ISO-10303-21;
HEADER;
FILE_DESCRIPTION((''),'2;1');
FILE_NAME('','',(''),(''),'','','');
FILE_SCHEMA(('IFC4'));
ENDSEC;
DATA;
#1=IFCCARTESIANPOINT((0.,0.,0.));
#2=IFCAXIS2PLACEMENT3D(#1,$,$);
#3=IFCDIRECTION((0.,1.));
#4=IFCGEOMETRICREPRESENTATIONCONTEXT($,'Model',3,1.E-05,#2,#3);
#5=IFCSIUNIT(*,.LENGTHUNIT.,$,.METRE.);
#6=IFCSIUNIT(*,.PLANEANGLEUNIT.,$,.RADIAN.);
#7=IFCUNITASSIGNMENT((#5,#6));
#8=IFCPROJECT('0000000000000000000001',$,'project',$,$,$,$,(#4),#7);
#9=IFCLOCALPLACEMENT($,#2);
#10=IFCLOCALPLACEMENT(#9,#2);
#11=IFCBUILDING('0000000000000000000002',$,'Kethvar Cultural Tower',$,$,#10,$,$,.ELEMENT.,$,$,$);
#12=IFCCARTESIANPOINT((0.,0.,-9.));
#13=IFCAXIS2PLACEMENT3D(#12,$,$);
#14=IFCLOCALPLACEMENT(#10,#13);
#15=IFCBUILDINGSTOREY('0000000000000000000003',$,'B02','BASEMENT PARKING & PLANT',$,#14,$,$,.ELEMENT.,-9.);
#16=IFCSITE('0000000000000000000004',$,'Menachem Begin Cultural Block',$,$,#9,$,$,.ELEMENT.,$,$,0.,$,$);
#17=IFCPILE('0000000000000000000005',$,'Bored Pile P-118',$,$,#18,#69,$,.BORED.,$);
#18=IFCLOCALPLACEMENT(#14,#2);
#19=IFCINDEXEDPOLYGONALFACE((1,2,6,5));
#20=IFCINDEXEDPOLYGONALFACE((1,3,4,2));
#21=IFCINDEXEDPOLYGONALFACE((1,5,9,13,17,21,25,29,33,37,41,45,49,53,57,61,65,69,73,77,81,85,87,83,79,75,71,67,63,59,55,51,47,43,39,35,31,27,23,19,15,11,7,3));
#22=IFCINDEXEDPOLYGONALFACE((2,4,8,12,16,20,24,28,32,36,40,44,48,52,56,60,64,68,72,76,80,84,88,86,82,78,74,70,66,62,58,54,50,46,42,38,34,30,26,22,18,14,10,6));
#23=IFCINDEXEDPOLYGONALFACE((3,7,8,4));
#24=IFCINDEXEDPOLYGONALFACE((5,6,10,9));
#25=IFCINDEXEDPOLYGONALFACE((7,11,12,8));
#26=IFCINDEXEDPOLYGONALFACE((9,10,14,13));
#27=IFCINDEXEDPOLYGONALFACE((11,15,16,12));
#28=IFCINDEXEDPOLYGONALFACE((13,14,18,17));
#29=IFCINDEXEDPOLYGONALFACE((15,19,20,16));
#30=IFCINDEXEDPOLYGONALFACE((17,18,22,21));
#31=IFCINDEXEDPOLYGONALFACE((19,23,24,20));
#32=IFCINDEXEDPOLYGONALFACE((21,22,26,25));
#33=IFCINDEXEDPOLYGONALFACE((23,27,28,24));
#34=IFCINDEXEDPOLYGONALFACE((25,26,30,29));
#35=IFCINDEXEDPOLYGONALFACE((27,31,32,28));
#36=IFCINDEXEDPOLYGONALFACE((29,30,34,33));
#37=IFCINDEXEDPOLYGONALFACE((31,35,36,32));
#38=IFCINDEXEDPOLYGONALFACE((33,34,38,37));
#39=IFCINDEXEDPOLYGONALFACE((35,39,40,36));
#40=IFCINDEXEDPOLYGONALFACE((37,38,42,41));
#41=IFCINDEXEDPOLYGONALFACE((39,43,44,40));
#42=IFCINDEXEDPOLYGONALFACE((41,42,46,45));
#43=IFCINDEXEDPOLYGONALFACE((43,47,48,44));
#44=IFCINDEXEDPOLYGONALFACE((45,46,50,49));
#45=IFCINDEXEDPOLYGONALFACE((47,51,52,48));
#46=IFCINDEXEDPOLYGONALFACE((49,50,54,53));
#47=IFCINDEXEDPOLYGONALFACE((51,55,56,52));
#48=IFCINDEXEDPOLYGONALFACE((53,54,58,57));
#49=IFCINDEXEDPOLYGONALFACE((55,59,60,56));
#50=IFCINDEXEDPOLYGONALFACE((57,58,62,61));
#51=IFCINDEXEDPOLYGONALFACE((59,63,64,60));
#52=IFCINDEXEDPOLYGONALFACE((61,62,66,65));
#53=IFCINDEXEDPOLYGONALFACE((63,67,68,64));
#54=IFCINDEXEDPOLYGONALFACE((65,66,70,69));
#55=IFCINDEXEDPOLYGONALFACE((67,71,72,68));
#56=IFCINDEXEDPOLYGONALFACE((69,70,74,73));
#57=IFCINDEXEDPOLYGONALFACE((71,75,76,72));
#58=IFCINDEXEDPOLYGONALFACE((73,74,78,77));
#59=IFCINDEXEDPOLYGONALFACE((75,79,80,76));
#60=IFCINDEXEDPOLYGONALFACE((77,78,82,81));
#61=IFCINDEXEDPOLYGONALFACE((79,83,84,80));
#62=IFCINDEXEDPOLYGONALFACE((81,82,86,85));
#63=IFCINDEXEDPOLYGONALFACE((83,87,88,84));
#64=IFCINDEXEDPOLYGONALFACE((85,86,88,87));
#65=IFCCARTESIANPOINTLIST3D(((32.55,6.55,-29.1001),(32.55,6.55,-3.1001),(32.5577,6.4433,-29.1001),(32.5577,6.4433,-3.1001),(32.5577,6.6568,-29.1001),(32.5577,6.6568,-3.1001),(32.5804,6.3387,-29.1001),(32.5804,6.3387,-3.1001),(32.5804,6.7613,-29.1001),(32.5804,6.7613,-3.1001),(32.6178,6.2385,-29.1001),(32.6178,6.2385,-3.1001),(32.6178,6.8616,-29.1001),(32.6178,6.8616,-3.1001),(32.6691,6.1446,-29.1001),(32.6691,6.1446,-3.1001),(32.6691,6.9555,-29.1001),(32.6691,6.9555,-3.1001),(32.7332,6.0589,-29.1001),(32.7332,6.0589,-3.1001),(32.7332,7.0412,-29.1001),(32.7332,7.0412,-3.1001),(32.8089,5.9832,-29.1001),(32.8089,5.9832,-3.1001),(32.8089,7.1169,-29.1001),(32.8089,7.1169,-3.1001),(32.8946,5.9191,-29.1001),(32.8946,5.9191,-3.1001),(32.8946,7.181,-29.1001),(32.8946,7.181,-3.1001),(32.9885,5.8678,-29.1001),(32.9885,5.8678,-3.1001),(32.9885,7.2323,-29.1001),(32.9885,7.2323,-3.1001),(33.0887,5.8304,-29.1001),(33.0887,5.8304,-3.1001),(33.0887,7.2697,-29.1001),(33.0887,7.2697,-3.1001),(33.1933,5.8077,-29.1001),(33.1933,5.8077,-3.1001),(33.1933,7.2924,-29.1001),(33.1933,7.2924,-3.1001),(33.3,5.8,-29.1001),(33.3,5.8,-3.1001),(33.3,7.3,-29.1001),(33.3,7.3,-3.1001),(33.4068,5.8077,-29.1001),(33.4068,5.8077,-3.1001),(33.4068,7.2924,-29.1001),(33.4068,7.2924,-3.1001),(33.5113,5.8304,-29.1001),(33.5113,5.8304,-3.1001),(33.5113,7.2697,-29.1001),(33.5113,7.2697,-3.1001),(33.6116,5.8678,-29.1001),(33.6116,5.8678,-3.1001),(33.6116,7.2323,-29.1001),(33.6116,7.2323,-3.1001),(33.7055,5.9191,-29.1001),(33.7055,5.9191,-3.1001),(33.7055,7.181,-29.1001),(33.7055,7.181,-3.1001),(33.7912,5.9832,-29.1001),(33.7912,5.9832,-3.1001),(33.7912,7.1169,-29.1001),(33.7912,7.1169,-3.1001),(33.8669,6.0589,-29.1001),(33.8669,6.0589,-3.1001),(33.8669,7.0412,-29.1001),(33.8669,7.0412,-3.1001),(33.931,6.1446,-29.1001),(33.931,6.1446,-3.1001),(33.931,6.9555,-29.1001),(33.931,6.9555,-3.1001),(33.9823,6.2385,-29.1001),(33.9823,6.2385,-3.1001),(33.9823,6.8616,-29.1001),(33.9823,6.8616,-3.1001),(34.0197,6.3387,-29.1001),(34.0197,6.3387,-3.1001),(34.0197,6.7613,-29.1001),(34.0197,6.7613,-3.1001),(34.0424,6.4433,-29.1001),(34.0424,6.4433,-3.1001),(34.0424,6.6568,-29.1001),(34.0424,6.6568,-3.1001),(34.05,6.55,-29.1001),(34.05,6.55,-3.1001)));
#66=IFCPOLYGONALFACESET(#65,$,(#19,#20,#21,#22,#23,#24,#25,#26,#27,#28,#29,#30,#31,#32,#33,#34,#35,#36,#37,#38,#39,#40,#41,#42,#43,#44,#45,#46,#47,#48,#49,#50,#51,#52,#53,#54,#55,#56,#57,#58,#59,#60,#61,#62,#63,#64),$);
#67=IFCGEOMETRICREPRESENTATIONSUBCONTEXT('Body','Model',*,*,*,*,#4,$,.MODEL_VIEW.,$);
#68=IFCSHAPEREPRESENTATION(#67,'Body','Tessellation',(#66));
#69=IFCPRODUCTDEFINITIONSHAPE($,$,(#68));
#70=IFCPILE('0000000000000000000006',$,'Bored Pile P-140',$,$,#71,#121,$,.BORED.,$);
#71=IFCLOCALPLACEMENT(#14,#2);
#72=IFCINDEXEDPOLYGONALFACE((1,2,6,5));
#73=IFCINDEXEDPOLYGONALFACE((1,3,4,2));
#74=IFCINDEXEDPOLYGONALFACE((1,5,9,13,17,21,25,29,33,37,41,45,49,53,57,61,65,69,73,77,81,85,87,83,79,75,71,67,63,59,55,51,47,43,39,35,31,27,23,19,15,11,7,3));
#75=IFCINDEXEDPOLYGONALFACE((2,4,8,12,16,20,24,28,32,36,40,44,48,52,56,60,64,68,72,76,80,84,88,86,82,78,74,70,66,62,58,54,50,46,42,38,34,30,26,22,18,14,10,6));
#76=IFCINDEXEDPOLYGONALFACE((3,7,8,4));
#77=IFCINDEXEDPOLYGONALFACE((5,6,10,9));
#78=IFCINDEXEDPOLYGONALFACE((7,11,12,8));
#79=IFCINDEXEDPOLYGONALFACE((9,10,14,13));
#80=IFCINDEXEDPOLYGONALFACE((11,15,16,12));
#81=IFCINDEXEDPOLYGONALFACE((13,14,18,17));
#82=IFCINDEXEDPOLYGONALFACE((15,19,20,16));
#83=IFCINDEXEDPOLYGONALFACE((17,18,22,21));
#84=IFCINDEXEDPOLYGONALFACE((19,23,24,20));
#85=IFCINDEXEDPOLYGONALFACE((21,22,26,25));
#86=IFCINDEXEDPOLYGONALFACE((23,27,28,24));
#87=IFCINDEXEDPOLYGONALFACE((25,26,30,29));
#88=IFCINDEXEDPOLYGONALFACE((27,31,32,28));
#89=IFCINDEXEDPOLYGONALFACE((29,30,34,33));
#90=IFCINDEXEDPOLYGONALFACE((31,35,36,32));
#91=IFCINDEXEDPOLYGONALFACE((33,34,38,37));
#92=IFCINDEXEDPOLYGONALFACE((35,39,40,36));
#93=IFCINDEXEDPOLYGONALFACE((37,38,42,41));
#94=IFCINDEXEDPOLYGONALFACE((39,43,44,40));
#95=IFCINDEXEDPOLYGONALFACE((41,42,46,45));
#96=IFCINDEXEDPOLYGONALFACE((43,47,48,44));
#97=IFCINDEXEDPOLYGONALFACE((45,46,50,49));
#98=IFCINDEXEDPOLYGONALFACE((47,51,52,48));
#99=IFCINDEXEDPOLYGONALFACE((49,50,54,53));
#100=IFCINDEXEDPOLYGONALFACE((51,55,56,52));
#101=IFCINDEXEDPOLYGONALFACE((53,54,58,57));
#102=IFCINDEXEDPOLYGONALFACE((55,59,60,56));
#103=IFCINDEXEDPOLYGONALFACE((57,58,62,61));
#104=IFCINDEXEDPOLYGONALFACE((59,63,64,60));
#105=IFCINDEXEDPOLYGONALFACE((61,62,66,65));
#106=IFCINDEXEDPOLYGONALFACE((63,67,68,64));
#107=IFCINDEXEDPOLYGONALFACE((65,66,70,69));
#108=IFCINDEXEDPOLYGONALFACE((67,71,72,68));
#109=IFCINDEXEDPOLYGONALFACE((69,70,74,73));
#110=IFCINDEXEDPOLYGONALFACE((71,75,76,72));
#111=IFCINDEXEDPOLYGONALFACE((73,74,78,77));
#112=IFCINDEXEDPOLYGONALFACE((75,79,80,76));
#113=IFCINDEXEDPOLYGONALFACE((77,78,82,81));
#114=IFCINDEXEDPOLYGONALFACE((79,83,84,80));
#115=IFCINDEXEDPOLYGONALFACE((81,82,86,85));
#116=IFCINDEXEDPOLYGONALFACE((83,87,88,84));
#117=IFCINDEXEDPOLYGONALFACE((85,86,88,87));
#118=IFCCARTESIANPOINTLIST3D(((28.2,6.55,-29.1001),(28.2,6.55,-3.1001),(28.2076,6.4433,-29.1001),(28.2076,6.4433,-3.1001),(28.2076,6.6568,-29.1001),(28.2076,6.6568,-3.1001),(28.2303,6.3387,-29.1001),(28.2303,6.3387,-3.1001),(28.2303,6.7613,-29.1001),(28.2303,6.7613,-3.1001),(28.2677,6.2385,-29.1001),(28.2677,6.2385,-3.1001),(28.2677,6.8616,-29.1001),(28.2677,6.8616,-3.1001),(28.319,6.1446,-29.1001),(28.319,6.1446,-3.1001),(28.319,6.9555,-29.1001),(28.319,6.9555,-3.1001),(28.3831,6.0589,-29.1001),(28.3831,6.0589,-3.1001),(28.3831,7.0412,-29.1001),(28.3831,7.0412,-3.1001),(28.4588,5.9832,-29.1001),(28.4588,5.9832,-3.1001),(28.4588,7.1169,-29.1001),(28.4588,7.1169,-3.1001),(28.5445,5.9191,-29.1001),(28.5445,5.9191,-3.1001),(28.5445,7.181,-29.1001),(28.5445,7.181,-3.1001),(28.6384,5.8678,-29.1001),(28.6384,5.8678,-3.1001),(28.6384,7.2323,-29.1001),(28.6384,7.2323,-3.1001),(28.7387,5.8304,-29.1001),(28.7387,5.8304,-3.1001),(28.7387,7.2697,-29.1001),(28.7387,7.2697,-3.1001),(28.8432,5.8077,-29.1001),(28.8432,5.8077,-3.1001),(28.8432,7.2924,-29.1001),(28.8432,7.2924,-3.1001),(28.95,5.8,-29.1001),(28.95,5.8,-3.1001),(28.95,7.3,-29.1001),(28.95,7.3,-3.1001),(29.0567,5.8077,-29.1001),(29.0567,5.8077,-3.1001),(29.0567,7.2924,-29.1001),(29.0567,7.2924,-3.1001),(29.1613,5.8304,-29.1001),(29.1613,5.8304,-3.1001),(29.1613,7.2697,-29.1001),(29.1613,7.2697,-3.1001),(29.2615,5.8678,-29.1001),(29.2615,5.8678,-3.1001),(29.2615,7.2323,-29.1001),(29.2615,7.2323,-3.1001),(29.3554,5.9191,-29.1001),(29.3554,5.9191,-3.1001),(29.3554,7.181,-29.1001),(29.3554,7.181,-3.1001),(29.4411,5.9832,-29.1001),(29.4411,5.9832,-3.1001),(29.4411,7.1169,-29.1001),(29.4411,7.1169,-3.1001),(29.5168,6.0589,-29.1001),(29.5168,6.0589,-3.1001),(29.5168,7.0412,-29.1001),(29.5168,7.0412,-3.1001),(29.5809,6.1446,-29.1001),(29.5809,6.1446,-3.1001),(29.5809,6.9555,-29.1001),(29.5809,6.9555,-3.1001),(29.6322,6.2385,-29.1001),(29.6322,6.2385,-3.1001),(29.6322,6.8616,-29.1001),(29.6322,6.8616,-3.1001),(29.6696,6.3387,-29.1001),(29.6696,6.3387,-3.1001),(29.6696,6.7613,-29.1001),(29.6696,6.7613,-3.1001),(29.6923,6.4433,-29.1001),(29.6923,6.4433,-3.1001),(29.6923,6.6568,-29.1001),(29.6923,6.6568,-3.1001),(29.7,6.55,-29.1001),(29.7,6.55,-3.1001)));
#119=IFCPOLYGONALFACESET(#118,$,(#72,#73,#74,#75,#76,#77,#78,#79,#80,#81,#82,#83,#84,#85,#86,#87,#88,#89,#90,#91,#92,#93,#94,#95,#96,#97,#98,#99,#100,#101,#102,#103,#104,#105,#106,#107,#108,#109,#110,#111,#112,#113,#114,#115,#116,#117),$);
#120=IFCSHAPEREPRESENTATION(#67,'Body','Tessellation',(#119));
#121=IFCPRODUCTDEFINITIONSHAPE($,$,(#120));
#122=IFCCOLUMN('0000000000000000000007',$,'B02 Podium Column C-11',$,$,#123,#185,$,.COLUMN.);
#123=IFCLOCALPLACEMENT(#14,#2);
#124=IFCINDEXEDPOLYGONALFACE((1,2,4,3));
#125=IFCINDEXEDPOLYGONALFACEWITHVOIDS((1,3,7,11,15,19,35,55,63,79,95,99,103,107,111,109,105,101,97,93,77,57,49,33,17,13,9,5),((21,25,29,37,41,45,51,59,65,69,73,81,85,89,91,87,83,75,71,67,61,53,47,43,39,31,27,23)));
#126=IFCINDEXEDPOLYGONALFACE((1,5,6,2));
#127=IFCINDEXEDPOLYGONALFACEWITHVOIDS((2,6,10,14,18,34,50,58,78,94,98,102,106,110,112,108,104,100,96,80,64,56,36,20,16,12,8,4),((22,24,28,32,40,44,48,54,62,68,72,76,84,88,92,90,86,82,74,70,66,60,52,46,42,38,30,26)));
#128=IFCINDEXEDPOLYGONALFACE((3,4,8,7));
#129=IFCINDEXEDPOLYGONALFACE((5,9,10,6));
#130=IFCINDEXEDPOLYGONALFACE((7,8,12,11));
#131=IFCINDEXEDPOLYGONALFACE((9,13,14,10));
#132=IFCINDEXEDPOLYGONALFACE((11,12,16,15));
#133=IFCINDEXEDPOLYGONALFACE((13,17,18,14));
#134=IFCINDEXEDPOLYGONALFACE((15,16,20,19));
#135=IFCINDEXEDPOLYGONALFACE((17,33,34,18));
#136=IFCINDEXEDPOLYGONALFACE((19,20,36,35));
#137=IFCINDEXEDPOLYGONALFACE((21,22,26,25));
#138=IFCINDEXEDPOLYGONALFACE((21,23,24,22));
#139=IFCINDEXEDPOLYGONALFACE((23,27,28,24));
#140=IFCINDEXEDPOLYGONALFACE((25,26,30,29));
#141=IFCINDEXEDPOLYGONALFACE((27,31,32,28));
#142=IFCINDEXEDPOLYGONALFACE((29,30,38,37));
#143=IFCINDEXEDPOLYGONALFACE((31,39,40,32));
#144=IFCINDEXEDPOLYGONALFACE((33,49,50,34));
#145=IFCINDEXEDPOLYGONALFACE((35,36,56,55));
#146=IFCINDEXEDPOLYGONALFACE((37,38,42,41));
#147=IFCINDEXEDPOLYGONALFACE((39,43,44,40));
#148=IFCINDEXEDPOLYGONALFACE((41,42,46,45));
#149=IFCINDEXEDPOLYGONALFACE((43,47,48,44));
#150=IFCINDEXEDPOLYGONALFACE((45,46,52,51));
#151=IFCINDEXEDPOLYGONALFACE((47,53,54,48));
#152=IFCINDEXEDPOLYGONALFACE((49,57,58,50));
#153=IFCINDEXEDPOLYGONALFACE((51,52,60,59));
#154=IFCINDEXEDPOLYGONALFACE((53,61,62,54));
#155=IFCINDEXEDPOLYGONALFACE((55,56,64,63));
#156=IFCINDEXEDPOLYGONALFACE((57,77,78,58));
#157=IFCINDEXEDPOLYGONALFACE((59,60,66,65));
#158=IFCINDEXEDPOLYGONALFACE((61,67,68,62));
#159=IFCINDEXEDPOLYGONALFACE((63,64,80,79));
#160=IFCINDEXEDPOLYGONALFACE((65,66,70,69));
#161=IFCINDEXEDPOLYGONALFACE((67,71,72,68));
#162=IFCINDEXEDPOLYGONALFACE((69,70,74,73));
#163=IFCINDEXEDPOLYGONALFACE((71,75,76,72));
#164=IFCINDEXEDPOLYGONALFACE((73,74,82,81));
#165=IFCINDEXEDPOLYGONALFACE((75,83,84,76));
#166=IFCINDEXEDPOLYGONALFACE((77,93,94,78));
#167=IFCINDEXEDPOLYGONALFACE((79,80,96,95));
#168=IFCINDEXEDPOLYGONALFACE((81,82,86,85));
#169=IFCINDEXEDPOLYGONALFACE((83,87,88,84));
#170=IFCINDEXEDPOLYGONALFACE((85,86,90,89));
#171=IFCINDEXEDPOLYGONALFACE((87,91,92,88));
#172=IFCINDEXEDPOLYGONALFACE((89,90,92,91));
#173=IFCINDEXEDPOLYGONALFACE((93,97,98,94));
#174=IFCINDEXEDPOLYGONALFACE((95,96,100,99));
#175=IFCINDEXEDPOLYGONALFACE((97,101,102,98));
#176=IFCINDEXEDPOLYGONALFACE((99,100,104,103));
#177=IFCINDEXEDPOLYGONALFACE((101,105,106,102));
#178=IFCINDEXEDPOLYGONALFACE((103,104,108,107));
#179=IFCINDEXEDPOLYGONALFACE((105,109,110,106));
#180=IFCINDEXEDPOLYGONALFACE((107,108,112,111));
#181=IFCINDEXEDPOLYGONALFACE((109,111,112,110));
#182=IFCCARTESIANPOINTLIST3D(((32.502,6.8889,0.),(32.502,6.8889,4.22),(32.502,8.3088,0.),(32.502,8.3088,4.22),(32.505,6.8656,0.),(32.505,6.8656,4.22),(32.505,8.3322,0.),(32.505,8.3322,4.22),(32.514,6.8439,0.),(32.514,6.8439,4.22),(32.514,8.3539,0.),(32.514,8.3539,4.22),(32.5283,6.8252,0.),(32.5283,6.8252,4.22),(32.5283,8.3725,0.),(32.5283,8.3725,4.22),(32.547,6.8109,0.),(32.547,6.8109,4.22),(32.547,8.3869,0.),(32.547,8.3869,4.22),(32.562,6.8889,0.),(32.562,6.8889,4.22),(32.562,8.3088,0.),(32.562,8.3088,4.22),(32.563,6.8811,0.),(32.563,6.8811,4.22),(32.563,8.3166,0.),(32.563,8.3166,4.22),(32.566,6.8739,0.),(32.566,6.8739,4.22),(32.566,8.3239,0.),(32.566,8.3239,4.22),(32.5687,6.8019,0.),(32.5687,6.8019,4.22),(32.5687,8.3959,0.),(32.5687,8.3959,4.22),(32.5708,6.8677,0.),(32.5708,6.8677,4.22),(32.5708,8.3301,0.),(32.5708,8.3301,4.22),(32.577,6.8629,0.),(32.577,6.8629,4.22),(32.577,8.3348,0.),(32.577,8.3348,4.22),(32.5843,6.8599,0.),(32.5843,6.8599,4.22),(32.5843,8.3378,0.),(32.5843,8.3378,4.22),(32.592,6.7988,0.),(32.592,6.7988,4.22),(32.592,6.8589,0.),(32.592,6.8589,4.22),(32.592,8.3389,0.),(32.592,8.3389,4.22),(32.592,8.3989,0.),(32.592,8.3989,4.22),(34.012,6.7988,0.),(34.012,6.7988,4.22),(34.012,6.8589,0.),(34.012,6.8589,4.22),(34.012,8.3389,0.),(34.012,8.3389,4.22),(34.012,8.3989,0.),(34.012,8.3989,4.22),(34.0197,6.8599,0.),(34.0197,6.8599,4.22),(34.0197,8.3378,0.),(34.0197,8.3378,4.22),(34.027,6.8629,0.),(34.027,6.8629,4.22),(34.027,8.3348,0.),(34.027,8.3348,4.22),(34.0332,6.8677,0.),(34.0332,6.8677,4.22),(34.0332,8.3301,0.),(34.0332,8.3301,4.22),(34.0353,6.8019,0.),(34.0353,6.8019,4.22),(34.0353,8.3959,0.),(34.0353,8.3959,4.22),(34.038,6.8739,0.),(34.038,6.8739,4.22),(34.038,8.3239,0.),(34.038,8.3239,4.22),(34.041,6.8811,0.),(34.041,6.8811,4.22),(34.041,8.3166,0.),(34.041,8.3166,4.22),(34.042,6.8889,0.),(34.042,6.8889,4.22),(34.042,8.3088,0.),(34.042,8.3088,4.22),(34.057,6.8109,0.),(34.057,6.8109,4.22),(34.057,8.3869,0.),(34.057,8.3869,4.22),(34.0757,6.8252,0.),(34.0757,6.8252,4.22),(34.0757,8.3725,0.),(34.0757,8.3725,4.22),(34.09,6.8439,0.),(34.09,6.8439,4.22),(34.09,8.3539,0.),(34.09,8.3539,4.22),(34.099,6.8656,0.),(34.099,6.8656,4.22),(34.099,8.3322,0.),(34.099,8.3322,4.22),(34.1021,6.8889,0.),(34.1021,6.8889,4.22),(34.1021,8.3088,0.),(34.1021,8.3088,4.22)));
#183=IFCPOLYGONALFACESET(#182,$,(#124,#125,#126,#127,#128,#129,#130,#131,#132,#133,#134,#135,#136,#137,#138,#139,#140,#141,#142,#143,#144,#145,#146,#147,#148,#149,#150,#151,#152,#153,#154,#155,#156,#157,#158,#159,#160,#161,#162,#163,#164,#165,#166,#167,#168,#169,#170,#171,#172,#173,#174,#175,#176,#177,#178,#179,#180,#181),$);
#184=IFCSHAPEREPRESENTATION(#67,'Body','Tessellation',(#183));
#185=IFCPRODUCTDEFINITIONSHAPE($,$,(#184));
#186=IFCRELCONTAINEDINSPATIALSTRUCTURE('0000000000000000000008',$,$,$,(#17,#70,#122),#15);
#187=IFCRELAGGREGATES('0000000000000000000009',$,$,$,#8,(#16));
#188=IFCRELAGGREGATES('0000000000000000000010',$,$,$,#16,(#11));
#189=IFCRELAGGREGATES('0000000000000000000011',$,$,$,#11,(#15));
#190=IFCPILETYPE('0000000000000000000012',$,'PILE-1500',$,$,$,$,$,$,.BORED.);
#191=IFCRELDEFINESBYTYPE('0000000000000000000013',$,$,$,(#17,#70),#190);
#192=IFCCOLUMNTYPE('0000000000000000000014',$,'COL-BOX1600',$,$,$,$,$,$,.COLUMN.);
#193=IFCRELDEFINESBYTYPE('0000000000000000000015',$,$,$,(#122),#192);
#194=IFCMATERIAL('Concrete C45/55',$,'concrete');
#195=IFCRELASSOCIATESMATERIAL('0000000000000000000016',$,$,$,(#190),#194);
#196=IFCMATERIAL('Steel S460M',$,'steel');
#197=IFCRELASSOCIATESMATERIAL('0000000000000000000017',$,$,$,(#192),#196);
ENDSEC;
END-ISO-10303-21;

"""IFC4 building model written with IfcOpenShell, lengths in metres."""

from ifc_helpers import new_model, si_unit, direction, frame, origin, origin_2d, place, context, subcontext, project, spatial, hollow_rectangle, circle, extrude, source, transform, mapped, material, material_profile, profile_set, type_object, element, save


model = new_model("IFC4")

# Units and contexts
model_context = context("Model", 3, precision=1e-05, world=origin(), true_north=direction((0.0, 1.0)))
body_context = subcontext(model_context, "Body", "Model", "MODEL_VIEW")
ifc_project = project(units=[si_unit("LENGTHUNIT", "METRE"), si_unit("PLANEANGLEUNIT", "RADIAN")], contexts=[model_context])

# Site, building, storey
site_placement = place(None, origin())
site = spatial("IfcSite", under=ifc_project, at=site_placement, Name="Menachem Begin Cultural Block", CompositionType="ELEMENT", RefElevation=0.0)
building_placement = place(site_placement, origin())
building = spatial("IfcBuilding", under=site, at=building_placement, Name="Kethvar Cultural Tower", CompositionType="ELEMENT")
storey_placement = place(building_placement, frame((0.0, 0.0, -9.0)))
storey = spatial("IfcBuildingStorey", under=building, at=storey_placement, Name="B02", Description="BASEMENT PARKING & PLANT", CompositionType="ELEMENT", Elevation=-9.0)

# Piles
ifc_material_1 = material(Name="Concrete C45/55", Category="concrete")
ifc_material_profile_1 = material_profile(ifc_material_1, circle(Radius=0.75, at=origin_2d()), Name="Concrete C45/55 — PILE1500")
ifc_profile_set_1 = profile_set([ifc_material_profile_1], Name="Concrete C45/55 — PILE1500")
pile_type = type_object("IfcPileType", Name="PILE-1500", PredefinedType="BORED", material=ifc_profile_set_1)
shared_shape_1 = source(origin(), body_context, "Body", "SweptSolid", [
    extrude(circle(Radius=0.75, at=origin_2d()), origin(), (0.0, 0.0, 1.0), 26.0),
])
for number, where, z_axis, x_axis, name in (
    (1, (33.3, 6.55, -3.1001), (0.0, 0.0, -1.0), (1.0, 0.0, 0.0), "Bored Pile P-118"),
    (2, (28.95, 6.55, -3.1001), (0.0, 0.0, -1.0), (1.0, 0.0, 0.0), "Bored Pile P-140"),
):
    element("IfcPile", number, at=place(storey_placement, frame(where, z_axis=z_axis, x_axis=x_axis)), inside=storey, type_object=pile_type, Name=name, PredefinedType="BORED", context=body_context, shape_type="MappedRepresentation", body=[
        mapped(shared_shape_1, transform((0.0, 0.0, 0.0), scale=1.0)),
    ])

# Column
ifc_material_2 = material(Name="Steel S460M", Category="steel")
ifc_material_profile_2 = material_profile(ifc_material_2, hollow_rectangle(XDim=1.6001, YDim=1.6001, WallThickness=0.0601, InnerFilletRadius=0.03, OuterFilletRadius=0.0901, at=origin_2d()), Name="Steel S460M — BOX1600x1600x60")
ifc_profile_set_2 = profile_set([ifc_material_profile_2], Name="Steel S460M — BOX1600x1600x60")
column_type = type_object("IfcColumnType", Name="COL-BOX1600", PredefinedType="COLUMN", material=ifc_profile_set_2)
shared_shape_2 = source(origin(), body_context, "Body", "SweptSolid", [
    extrude(hollow_rectangle(XDim=1.6001, YDim=1.6001, WallThickness=0.0601, InnerFilletRadius=0.03, OuterFilletRadius=0.0901, at=origin_2d()), origin(), (0.0, 0.0, 1.0), 4.22),
])
for number, where, z_axis, x_axis, name in (
    (3, (33.302, 7.5989, 0.0), (0.0, 0.0, 1.0), (1.0, 0.0, 0.0), "B02 Podium Column C-11"),
):
    element("IfcColumn", number, at=place(storey_placement, frame(where, z_axis=z_axis, x_axis=x_axis)), inside=storey, type_object=column_type, Name=name, PredefinedType="COLUMN", context=body_context, shape_type="MappedRepresentation", body=[
        mapped(shared_shape_2, transform((0.0, 0.0, 0.0), scale=1.0)),
    ])

save(model, "model.ifc")
